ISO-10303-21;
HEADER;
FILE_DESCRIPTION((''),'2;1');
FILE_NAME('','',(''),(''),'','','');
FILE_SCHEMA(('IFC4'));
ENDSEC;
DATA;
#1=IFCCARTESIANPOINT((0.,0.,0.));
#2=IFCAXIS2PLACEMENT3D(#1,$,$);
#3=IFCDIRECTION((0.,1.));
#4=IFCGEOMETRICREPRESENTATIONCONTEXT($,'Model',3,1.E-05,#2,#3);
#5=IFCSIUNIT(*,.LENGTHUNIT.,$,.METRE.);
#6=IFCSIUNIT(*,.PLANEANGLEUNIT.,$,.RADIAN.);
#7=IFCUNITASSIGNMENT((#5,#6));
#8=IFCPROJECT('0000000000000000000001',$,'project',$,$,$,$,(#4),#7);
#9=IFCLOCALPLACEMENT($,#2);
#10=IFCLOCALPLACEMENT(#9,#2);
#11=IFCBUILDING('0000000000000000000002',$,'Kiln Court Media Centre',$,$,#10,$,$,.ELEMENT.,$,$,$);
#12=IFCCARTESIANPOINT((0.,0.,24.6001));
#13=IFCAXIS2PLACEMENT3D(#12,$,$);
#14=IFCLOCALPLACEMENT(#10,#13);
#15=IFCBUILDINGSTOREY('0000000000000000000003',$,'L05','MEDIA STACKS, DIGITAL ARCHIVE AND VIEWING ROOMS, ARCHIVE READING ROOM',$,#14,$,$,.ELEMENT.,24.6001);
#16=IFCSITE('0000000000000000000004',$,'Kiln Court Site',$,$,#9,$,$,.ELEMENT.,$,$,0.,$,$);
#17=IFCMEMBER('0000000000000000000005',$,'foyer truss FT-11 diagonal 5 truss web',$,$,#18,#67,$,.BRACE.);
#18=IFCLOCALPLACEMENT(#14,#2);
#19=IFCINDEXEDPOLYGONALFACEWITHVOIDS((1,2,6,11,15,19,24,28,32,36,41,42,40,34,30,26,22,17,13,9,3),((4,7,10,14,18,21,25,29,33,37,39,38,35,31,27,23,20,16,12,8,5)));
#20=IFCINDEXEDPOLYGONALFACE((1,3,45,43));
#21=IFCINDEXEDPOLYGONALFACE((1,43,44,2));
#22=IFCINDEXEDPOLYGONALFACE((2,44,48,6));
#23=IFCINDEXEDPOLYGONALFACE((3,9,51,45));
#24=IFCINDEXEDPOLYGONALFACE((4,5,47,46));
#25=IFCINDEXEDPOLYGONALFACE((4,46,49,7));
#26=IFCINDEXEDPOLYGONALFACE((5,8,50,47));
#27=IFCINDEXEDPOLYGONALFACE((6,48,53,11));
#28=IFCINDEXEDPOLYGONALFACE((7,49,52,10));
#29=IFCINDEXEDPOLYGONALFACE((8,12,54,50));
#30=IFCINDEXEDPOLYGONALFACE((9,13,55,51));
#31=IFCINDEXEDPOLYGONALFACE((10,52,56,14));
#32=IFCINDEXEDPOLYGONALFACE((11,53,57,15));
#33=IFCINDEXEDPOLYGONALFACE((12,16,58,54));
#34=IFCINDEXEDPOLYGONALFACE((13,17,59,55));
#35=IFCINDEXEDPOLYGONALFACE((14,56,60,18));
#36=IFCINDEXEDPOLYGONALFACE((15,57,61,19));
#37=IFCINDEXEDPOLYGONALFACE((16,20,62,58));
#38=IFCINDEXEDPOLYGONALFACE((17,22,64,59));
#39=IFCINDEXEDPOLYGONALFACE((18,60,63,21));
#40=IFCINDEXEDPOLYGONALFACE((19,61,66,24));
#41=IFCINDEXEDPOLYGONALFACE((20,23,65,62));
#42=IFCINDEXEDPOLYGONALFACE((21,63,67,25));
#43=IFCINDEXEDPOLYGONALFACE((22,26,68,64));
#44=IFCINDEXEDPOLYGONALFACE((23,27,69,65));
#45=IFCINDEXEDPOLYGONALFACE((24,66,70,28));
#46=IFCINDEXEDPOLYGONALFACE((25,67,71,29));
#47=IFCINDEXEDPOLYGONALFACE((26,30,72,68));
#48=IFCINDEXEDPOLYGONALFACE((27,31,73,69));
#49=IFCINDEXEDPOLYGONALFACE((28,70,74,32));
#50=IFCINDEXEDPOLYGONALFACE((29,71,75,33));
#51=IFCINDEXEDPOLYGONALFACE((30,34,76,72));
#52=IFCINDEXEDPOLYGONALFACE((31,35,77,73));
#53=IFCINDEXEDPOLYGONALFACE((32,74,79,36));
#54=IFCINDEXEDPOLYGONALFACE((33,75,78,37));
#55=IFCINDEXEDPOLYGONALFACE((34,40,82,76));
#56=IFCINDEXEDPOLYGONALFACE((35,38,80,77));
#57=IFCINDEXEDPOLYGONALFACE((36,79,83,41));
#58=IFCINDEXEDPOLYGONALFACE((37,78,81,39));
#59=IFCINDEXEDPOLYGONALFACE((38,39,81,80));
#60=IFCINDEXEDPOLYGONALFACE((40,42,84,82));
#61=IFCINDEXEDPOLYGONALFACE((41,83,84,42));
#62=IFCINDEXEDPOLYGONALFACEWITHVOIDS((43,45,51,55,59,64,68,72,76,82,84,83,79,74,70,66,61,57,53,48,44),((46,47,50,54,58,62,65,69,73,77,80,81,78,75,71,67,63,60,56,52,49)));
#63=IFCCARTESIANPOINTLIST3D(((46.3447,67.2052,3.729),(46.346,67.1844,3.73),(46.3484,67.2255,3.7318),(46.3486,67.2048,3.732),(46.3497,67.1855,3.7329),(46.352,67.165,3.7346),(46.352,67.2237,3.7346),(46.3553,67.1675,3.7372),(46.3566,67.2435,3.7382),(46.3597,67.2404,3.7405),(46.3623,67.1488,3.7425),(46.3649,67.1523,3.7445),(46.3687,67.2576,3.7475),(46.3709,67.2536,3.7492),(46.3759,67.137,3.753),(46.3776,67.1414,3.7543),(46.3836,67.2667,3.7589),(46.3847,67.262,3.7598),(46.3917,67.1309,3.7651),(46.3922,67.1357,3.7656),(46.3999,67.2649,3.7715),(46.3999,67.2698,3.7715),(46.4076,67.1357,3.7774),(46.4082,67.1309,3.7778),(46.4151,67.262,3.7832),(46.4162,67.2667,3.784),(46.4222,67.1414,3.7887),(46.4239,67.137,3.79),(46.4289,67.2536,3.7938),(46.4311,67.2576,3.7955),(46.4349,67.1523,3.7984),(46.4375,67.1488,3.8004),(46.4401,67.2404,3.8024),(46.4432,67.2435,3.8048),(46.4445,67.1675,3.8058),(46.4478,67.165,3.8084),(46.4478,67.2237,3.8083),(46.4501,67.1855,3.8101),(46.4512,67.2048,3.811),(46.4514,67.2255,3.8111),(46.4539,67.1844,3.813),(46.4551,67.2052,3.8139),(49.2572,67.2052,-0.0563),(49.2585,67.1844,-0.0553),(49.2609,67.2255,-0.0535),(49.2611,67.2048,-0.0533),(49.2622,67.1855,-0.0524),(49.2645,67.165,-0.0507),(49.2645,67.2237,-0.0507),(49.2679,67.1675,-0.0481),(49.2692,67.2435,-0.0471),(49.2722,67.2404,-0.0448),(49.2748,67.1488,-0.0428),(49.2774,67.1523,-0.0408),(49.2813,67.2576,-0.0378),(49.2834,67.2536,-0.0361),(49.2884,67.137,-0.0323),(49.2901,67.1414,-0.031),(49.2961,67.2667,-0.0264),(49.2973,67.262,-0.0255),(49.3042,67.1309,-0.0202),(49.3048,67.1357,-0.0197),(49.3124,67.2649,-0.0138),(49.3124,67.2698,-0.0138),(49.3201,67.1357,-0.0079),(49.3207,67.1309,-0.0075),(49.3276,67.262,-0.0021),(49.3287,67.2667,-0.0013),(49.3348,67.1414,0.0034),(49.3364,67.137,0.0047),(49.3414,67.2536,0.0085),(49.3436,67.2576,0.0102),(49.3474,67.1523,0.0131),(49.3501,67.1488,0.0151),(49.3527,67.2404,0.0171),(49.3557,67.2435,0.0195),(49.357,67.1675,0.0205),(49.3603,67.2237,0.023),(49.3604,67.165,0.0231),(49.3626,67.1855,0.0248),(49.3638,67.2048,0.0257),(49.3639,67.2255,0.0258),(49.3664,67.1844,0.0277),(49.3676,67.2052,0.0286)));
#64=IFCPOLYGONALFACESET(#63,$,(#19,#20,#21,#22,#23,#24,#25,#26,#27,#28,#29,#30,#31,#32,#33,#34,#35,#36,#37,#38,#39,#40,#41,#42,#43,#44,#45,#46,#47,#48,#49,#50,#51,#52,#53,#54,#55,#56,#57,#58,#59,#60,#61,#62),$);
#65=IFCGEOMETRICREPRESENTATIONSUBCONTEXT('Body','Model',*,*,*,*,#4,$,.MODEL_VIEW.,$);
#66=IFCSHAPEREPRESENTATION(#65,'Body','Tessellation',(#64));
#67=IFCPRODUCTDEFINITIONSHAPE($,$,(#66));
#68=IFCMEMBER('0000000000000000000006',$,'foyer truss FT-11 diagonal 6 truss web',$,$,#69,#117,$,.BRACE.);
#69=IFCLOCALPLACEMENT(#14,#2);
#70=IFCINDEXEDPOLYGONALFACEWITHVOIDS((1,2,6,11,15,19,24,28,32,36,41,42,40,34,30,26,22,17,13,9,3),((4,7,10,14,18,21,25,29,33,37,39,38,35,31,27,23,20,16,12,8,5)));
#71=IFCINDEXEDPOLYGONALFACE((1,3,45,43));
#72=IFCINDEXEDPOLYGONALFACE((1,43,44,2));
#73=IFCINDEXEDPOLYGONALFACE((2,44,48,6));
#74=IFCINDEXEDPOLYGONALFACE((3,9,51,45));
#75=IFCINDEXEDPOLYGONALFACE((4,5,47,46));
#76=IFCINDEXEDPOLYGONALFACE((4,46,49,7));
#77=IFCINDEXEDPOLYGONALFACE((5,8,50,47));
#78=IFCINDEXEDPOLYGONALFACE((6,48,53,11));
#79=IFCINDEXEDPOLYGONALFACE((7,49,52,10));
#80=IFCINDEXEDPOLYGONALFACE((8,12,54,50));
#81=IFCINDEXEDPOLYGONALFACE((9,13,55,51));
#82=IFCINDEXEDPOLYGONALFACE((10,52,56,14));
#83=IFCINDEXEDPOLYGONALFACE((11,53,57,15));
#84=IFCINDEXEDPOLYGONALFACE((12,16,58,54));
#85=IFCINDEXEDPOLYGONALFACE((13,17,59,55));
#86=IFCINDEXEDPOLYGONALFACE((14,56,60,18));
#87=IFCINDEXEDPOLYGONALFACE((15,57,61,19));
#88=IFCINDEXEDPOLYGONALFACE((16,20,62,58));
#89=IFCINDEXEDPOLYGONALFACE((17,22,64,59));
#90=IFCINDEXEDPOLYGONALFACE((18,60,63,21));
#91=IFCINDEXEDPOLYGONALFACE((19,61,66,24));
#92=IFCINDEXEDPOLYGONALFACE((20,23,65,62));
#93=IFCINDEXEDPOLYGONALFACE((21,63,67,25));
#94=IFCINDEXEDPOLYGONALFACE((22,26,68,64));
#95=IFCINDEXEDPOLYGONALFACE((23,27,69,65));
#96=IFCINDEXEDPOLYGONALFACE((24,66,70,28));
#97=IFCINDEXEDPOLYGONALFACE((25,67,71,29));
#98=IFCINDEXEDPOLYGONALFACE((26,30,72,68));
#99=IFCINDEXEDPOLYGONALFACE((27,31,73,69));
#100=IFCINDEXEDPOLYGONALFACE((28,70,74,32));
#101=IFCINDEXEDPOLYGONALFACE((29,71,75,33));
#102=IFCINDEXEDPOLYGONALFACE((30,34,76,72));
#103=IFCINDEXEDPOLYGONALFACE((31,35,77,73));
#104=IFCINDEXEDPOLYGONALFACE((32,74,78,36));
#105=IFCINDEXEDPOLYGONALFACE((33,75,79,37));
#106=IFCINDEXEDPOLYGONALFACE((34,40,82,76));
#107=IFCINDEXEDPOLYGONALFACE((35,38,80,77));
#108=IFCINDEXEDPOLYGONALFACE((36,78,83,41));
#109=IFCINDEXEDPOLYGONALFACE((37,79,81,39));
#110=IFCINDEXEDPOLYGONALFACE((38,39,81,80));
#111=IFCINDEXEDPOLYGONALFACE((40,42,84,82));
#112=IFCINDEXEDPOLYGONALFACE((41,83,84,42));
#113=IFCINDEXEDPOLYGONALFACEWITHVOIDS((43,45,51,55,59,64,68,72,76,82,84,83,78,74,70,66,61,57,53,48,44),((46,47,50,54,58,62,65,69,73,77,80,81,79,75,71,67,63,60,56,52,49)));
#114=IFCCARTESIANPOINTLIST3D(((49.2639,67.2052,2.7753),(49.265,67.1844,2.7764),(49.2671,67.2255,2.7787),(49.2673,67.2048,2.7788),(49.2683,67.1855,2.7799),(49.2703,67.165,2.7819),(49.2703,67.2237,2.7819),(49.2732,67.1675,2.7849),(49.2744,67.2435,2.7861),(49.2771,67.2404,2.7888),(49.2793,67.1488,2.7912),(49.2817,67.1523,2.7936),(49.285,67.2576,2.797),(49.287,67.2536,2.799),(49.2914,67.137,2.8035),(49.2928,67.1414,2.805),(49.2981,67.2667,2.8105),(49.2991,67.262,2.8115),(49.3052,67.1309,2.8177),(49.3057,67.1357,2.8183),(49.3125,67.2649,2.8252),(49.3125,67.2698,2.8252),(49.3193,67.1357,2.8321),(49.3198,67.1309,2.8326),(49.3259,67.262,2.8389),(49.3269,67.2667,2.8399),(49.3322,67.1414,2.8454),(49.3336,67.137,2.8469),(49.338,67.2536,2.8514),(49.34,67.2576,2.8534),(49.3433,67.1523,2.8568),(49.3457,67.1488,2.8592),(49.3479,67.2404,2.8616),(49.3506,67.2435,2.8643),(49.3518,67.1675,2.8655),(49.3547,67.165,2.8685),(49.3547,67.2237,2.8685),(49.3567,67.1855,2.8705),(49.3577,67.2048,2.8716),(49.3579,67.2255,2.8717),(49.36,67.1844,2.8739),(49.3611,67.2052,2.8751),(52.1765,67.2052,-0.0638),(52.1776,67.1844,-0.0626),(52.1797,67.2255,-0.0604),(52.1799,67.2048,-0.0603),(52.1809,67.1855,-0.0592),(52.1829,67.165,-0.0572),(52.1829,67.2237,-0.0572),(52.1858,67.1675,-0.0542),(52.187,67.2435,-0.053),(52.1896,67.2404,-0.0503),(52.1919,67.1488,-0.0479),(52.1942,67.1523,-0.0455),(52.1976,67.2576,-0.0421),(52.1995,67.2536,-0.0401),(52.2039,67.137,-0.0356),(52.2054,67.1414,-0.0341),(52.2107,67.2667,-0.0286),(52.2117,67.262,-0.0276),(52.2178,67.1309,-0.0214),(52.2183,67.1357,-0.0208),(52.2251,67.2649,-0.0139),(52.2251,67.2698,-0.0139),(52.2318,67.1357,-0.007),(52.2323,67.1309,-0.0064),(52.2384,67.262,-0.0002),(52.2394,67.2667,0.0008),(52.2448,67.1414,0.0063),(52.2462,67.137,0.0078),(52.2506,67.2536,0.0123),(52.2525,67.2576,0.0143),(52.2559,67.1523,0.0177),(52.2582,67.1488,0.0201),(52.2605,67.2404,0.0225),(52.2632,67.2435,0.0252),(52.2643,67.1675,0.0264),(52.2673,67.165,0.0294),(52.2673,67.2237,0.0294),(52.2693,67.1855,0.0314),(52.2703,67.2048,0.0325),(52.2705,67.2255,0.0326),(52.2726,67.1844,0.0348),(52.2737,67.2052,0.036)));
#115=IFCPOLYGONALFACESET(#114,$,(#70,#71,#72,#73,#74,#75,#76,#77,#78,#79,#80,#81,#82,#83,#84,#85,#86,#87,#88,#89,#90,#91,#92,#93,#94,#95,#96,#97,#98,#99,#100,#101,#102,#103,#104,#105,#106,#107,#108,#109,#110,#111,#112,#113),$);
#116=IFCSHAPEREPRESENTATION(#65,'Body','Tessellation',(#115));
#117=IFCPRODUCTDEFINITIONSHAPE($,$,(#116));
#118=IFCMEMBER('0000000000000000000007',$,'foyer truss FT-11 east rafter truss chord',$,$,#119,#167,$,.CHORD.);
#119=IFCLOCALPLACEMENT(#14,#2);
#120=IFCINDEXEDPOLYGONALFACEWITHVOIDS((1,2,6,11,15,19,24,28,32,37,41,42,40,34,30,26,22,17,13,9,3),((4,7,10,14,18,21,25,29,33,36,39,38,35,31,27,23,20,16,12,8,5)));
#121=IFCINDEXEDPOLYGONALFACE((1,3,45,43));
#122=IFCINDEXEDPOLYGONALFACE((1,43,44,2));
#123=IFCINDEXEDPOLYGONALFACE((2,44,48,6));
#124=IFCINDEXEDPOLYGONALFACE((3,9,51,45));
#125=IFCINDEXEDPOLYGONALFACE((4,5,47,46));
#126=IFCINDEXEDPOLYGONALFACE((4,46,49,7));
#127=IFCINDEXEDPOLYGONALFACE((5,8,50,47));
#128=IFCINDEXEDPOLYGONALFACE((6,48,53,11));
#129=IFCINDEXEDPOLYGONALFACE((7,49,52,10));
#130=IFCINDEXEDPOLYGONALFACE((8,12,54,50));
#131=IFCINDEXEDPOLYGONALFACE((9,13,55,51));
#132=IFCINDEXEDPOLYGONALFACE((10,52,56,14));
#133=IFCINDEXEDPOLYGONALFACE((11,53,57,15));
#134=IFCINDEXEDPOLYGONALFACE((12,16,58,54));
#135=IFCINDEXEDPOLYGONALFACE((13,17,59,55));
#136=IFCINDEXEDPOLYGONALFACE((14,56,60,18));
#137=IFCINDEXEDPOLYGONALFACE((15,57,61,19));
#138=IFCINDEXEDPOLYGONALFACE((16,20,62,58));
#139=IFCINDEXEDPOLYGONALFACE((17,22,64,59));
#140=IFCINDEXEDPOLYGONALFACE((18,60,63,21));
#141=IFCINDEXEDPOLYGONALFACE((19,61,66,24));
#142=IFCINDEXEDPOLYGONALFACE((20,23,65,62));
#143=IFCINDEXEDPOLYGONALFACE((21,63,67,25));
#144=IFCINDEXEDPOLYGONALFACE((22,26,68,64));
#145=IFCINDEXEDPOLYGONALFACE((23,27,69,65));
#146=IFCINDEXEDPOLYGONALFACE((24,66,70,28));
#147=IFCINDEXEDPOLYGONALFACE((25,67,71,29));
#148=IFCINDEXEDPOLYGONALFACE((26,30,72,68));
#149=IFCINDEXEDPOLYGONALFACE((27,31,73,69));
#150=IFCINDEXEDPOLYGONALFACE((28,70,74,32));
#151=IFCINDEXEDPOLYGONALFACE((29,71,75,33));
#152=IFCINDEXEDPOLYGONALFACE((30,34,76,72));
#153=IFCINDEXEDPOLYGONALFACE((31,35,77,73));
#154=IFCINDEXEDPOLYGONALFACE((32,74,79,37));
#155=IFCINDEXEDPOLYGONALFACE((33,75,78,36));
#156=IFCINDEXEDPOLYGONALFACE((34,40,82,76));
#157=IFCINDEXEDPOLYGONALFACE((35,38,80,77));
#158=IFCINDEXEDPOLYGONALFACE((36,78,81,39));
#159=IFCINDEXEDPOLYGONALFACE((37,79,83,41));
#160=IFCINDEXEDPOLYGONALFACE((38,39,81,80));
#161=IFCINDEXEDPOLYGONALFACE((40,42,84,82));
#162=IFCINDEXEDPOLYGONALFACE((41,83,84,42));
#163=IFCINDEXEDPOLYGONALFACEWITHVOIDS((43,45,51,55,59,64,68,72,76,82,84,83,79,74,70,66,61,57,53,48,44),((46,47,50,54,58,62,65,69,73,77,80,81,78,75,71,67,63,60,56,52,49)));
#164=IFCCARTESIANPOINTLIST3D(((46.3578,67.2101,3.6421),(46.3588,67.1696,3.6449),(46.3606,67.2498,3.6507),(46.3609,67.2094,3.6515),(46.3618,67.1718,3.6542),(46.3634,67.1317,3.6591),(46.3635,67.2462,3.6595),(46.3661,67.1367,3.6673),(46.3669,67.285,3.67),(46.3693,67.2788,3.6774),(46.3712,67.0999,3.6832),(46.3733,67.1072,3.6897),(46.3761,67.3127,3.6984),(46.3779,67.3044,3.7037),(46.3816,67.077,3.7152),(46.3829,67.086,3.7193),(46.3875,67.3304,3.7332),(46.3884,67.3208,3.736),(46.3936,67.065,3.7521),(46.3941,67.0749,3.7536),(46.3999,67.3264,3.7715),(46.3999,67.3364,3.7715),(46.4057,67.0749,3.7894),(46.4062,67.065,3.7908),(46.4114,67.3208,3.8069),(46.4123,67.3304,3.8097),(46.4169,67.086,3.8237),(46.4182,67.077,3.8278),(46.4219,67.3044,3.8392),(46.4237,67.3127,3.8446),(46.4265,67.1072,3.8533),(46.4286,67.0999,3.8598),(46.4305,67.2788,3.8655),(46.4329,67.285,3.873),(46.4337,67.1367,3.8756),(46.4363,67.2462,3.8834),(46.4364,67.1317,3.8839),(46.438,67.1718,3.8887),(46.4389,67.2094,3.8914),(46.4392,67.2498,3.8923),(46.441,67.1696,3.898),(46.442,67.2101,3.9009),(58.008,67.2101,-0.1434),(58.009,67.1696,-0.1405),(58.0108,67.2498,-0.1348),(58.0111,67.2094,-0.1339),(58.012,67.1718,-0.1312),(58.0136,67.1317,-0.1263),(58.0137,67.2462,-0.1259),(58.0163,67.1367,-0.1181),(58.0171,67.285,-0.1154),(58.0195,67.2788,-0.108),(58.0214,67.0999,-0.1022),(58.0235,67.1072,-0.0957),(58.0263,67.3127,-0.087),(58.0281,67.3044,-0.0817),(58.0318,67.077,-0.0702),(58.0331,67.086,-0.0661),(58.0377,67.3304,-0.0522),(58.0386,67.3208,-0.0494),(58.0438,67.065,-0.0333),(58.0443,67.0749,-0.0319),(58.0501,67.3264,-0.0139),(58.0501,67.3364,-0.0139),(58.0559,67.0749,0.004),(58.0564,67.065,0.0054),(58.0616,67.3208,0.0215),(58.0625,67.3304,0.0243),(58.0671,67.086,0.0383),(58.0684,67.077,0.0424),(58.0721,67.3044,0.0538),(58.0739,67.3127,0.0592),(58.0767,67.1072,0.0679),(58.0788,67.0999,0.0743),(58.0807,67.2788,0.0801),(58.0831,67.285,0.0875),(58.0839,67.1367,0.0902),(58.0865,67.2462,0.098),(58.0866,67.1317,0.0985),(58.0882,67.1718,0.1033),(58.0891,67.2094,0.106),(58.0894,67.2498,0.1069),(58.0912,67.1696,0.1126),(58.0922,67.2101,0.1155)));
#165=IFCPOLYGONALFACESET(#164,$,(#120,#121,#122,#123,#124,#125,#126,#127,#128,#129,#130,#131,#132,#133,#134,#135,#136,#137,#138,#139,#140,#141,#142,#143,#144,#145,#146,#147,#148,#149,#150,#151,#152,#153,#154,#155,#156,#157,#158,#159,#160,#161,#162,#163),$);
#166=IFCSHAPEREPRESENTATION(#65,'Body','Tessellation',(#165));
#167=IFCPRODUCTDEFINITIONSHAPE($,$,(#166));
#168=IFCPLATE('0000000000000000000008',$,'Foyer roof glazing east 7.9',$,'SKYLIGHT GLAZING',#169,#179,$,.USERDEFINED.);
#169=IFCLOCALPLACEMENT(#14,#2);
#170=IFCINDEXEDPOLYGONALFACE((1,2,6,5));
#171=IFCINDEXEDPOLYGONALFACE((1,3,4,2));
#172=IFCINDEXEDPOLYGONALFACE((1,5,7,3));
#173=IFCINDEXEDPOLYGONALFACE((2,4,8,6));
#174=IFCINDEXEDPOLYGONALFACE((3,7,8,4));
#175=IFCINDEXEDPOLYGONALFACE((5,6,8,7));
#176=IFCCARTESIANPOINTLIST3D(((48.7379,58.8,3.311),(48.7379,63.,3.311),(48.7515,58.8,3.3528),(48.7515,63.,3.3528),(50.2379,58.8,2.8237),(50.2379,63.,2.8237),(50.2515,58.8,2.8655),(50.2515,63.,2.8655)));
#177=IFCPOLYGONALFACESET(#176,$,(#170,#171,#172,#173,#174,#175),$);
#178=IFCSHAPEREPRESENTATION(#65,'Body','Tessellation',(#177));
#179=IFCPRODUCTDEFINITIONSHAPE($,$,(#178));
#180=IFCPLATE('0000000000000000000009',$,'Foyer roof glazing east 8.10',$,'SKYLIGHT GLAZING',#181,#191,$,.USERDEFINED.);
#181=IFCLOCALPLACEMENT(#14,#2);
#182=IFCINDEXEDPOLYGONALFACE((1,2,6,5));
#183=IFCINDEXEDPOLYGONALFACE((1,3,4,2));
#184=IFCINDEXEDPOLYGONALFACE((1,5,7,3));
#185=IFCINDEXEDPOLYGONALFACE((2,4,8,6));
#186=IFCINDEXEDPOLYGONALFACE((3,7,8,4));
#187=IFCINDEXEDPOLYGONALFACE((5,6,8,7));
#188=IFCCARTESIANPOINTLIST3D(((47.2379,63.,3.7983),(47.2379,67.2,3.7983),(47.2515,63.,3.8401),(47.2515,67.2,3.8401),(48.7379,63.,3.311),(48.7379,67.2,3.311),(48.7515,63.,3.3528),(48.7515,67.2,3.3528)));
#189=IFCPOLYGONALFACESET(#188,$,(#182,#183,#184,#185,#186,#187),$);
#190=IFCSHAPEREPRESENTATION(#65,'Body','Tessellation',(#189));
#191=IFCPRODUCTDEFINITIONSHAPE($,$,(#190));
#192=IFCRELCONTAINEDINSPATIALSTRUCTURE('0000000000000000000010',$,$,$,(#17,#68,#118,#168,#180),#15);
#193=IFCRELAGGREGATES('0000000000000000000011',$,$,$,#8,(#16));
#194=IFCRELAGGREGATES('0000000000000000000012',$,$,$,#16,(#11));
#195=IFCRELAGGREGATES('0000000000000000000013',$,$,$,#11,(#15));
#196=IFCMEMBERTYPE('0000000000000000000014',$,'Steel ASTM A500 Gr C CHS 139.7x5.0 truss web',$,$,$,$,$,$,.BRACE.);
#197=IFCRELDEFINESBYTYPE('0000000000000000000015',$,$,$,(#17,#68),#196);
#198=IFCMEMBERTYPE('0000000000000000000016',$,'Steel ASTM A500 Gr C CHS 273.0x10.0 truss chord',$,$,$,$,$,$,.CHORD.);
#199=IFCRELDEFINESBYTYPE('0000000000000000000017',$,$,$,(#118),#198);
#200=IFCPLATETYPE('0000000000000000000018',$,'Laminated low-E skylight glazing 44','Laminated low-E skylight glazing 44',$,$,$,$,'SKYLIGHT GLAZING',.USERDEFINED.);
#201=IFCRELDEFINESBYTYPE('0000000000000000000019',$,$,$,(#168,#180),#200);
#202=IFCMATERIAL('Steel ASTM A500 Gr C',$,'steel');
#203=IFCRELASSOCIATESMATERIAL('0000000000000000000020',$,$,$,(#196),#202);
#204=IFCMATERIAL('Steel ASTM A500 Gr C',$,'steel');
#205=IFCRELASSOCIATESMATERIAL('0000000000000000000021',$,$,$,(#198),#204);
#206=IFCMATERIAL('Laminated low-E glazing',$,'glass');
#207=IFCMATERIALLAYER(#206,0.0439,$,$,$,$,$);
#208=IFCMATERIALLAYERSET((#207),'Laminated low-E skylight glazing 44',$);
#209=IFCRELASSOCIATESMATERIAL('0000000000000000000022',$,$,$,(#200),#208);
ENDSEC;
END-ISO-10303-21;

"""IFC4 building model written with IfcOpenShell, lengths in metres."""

from ifc_helpers import new_model, si_unit, direction, frame, origin, origin_2d, place, context, subcontext, project, spatial, polyline, hollow_circle, outline, extrude, material, layer, layer_set, material_profile, profile_set, type_object, element, save


model = new_model("IFC4")

# Units and contexts
model_context = context("Model", 3, precision=1e-05, world=origin(), true_north=direction((0.0, 1.0)))
body_context = subcontext(model_context, "Body", "Model", "MODEL_VIEW")
ifc_project = project(units=[si_unit("LENGTHUNIT", "METRE"), si_unit("PLANEANGLEUNIT", "RADIAN")], contexts=[model_context])

# Site, building, storey
site_placement = place(None, origin())
site = spatial("IfcSite", under=ifc_project, at=site_placement, Name="Kiln Court Site", CompositionType="ELEMENT", RefElevation=0.0)
building_placement = place(site_placement, origin())
building = spatial("IfcBuilding", under=site, at=building_placement, Name="Kiln Court Media Centre", CompositionType="ELEMENT")
storey_placement = place(building_placement, frame((0.0, 0.0, 24.6001)))
storey = spatial("IfcBuildingStorey", under=building, at=storey_placement, Name="L05", Description="MEDIA STACKS, DIGITAL ARCHIVE AND VIEWING ROOMS, ARCHIVE READING ROOM", CompositionType="ELEMENT", Elevation=24.6001)

# Members
ifc_material_1 = material(Name="Steel ASTM A500 Gr C", Category="steel")
ifc_material_profile_1 = material_profile(ifc_material_1, hollow_circle(Radius=0.0698, WallThickness=0.0049, at=origin_2d()), Name="CHS 139.7x5.0")
ifc_profile_set_1 = profile_set([ifc_material_profile_1], Name="Steel ASTM A500 Gr C")
member_type_1 = type_object("IfcMemberType", Name="Steel ASTM A500 Gr C CHS 139.7x5.0 truss web", PredefinedType="BRACE", material=ifc_profile_set_1)
member_1_placement = place(storey_placement, frame((46.3999, 67.2, 3.7715), z_axis=(0.60981, 0.0, -0.792548), x_axis=(0.0, 1.0, 0.0)))
element("IfcMember", 1, at=member_1_placement, inside=storey, type_object=member_type_1, Name="foyer truss FT-11 diagonal 5 truss web", PredefinedType="BRACE", context=body_context, shape_type="SweptSolid", body=[
    extrude(hollow_circle(Radius=0.0698, WallThickness=0.0049, at=origin_2d()), origin(), (0.0, 0.0, 1.0), 4.7761),
])
member_2_placement = place(storey_placement, frame((49.3125, 67.2, 2.8252), z_axis=(0.716083, 0.0, -0.698016), x_axis=(0.0, 1.0, 0.0)))
element("IfcMember", 2, at=member_2_placement, inside=storey, type_object=member_type_1, Name="foyer truss FT-11 diagonal 6 truss web", PredefinedType="BRACE", context=body_context, shape_type="SweptSolid", body=[
    extrude(hollow_circle(Radius=0.0698, WallThickness=0.0049, at=origin_2d()), origin(), (0.0, 0.0, 1.0), 4.0674),
])
ifc_material_2 = material(Name="Steel ASTM A500 Gr C", Category="steel")
ifc_material_profile_2 = material_profile(ifc_material_2, hollow_circle(Radius=0.1365, WallThickness=0.01, at=origin_2d()), Name="CHS 273.0x10.0")
ifc_profile_set_2 = profile_set([ifc_material_profile_2], Name="Steel ASTM A500 Gr C")
member_type_2 = type_object("IfcMemberType", Name="Steel ASTM A500 Gr C CHS 273.0x10.0 truss chord", PredefinedType="CHORD", material=ifc_profile_set_2)
member_3_placement = place(storey_placement, frame((46.3999, 67.2, 3.7715), z_axis=(0.951056, 0.0, -0.30902), x_axis=(0.0, 1.0, 0.0)))
element("IfcMember", 3, at=member_3_placement, inside=storey, type_object=member_type_2, Name="foyer truss FT-11 east rafter truss chord", PredefinedType="CHORD", context=body_context, shape_type="SweptSolid", body=[
    extrude(hollow_circle(Radius=0.1365, WallThickness=0.01, at=origin_2d()), origin(), (0.0, 0.0, 1.0), 12.2498),
])

# Plates
ifc_material_3 = material(Name="Laminated low-E glazing", Category="glass")
ifc_layer_1 = layer(ifc_material_3, 0.0439)
ifc_layer_set_1 = layer_set([ifc_layer_1], Name="Laminated low-E skylight glazing 44")
plate_type_1 = type_object("IfcPlateType", Name="Laminated low-E skylight glazing 44", Description="Laminated low-E skylight glazing 44", ElementType="SKYLIGHT GLAZING", PredefinedType="USERDEFINED", material=ifc_layer_set_1)
for number, where, z_axis, x_axis, name in (
    (4, (50.2515, 63.0, 2.8655), (0.308974, 0.0, 0.95107), (-0.95107, 0.0, 0.308974), "Foyer roof glazing east 7.9"),
    (5, (48.7515, 67.2, 3.3528), (0.308974, 0.0, 0.95107), (-0.95107, 0.0, 0.308974), "Foyer roof glazing east 8.10"),
):
    element("IfcPlate", number, at=place(storey_placement, frame(where, z_axis=z_axis, x_axis=x_axis)), inside=storey, type_object=plate_type_1, Name=name, ObjectType="SKYLIGHT GLAZING", PredefinedType="USERDEFINED", context=body_context, shape_type="SweptSolid", body=[
        extrude(outline(polyline([(0.0, 0.0), (1.5772, 0.0), (1.5772, 4.2), (0.0, 4.2), (0.0, 0.0)])), origin(), (0.0, 0.0, -1.0), 0.0439),
    ])

save(model, "model.ifc")
